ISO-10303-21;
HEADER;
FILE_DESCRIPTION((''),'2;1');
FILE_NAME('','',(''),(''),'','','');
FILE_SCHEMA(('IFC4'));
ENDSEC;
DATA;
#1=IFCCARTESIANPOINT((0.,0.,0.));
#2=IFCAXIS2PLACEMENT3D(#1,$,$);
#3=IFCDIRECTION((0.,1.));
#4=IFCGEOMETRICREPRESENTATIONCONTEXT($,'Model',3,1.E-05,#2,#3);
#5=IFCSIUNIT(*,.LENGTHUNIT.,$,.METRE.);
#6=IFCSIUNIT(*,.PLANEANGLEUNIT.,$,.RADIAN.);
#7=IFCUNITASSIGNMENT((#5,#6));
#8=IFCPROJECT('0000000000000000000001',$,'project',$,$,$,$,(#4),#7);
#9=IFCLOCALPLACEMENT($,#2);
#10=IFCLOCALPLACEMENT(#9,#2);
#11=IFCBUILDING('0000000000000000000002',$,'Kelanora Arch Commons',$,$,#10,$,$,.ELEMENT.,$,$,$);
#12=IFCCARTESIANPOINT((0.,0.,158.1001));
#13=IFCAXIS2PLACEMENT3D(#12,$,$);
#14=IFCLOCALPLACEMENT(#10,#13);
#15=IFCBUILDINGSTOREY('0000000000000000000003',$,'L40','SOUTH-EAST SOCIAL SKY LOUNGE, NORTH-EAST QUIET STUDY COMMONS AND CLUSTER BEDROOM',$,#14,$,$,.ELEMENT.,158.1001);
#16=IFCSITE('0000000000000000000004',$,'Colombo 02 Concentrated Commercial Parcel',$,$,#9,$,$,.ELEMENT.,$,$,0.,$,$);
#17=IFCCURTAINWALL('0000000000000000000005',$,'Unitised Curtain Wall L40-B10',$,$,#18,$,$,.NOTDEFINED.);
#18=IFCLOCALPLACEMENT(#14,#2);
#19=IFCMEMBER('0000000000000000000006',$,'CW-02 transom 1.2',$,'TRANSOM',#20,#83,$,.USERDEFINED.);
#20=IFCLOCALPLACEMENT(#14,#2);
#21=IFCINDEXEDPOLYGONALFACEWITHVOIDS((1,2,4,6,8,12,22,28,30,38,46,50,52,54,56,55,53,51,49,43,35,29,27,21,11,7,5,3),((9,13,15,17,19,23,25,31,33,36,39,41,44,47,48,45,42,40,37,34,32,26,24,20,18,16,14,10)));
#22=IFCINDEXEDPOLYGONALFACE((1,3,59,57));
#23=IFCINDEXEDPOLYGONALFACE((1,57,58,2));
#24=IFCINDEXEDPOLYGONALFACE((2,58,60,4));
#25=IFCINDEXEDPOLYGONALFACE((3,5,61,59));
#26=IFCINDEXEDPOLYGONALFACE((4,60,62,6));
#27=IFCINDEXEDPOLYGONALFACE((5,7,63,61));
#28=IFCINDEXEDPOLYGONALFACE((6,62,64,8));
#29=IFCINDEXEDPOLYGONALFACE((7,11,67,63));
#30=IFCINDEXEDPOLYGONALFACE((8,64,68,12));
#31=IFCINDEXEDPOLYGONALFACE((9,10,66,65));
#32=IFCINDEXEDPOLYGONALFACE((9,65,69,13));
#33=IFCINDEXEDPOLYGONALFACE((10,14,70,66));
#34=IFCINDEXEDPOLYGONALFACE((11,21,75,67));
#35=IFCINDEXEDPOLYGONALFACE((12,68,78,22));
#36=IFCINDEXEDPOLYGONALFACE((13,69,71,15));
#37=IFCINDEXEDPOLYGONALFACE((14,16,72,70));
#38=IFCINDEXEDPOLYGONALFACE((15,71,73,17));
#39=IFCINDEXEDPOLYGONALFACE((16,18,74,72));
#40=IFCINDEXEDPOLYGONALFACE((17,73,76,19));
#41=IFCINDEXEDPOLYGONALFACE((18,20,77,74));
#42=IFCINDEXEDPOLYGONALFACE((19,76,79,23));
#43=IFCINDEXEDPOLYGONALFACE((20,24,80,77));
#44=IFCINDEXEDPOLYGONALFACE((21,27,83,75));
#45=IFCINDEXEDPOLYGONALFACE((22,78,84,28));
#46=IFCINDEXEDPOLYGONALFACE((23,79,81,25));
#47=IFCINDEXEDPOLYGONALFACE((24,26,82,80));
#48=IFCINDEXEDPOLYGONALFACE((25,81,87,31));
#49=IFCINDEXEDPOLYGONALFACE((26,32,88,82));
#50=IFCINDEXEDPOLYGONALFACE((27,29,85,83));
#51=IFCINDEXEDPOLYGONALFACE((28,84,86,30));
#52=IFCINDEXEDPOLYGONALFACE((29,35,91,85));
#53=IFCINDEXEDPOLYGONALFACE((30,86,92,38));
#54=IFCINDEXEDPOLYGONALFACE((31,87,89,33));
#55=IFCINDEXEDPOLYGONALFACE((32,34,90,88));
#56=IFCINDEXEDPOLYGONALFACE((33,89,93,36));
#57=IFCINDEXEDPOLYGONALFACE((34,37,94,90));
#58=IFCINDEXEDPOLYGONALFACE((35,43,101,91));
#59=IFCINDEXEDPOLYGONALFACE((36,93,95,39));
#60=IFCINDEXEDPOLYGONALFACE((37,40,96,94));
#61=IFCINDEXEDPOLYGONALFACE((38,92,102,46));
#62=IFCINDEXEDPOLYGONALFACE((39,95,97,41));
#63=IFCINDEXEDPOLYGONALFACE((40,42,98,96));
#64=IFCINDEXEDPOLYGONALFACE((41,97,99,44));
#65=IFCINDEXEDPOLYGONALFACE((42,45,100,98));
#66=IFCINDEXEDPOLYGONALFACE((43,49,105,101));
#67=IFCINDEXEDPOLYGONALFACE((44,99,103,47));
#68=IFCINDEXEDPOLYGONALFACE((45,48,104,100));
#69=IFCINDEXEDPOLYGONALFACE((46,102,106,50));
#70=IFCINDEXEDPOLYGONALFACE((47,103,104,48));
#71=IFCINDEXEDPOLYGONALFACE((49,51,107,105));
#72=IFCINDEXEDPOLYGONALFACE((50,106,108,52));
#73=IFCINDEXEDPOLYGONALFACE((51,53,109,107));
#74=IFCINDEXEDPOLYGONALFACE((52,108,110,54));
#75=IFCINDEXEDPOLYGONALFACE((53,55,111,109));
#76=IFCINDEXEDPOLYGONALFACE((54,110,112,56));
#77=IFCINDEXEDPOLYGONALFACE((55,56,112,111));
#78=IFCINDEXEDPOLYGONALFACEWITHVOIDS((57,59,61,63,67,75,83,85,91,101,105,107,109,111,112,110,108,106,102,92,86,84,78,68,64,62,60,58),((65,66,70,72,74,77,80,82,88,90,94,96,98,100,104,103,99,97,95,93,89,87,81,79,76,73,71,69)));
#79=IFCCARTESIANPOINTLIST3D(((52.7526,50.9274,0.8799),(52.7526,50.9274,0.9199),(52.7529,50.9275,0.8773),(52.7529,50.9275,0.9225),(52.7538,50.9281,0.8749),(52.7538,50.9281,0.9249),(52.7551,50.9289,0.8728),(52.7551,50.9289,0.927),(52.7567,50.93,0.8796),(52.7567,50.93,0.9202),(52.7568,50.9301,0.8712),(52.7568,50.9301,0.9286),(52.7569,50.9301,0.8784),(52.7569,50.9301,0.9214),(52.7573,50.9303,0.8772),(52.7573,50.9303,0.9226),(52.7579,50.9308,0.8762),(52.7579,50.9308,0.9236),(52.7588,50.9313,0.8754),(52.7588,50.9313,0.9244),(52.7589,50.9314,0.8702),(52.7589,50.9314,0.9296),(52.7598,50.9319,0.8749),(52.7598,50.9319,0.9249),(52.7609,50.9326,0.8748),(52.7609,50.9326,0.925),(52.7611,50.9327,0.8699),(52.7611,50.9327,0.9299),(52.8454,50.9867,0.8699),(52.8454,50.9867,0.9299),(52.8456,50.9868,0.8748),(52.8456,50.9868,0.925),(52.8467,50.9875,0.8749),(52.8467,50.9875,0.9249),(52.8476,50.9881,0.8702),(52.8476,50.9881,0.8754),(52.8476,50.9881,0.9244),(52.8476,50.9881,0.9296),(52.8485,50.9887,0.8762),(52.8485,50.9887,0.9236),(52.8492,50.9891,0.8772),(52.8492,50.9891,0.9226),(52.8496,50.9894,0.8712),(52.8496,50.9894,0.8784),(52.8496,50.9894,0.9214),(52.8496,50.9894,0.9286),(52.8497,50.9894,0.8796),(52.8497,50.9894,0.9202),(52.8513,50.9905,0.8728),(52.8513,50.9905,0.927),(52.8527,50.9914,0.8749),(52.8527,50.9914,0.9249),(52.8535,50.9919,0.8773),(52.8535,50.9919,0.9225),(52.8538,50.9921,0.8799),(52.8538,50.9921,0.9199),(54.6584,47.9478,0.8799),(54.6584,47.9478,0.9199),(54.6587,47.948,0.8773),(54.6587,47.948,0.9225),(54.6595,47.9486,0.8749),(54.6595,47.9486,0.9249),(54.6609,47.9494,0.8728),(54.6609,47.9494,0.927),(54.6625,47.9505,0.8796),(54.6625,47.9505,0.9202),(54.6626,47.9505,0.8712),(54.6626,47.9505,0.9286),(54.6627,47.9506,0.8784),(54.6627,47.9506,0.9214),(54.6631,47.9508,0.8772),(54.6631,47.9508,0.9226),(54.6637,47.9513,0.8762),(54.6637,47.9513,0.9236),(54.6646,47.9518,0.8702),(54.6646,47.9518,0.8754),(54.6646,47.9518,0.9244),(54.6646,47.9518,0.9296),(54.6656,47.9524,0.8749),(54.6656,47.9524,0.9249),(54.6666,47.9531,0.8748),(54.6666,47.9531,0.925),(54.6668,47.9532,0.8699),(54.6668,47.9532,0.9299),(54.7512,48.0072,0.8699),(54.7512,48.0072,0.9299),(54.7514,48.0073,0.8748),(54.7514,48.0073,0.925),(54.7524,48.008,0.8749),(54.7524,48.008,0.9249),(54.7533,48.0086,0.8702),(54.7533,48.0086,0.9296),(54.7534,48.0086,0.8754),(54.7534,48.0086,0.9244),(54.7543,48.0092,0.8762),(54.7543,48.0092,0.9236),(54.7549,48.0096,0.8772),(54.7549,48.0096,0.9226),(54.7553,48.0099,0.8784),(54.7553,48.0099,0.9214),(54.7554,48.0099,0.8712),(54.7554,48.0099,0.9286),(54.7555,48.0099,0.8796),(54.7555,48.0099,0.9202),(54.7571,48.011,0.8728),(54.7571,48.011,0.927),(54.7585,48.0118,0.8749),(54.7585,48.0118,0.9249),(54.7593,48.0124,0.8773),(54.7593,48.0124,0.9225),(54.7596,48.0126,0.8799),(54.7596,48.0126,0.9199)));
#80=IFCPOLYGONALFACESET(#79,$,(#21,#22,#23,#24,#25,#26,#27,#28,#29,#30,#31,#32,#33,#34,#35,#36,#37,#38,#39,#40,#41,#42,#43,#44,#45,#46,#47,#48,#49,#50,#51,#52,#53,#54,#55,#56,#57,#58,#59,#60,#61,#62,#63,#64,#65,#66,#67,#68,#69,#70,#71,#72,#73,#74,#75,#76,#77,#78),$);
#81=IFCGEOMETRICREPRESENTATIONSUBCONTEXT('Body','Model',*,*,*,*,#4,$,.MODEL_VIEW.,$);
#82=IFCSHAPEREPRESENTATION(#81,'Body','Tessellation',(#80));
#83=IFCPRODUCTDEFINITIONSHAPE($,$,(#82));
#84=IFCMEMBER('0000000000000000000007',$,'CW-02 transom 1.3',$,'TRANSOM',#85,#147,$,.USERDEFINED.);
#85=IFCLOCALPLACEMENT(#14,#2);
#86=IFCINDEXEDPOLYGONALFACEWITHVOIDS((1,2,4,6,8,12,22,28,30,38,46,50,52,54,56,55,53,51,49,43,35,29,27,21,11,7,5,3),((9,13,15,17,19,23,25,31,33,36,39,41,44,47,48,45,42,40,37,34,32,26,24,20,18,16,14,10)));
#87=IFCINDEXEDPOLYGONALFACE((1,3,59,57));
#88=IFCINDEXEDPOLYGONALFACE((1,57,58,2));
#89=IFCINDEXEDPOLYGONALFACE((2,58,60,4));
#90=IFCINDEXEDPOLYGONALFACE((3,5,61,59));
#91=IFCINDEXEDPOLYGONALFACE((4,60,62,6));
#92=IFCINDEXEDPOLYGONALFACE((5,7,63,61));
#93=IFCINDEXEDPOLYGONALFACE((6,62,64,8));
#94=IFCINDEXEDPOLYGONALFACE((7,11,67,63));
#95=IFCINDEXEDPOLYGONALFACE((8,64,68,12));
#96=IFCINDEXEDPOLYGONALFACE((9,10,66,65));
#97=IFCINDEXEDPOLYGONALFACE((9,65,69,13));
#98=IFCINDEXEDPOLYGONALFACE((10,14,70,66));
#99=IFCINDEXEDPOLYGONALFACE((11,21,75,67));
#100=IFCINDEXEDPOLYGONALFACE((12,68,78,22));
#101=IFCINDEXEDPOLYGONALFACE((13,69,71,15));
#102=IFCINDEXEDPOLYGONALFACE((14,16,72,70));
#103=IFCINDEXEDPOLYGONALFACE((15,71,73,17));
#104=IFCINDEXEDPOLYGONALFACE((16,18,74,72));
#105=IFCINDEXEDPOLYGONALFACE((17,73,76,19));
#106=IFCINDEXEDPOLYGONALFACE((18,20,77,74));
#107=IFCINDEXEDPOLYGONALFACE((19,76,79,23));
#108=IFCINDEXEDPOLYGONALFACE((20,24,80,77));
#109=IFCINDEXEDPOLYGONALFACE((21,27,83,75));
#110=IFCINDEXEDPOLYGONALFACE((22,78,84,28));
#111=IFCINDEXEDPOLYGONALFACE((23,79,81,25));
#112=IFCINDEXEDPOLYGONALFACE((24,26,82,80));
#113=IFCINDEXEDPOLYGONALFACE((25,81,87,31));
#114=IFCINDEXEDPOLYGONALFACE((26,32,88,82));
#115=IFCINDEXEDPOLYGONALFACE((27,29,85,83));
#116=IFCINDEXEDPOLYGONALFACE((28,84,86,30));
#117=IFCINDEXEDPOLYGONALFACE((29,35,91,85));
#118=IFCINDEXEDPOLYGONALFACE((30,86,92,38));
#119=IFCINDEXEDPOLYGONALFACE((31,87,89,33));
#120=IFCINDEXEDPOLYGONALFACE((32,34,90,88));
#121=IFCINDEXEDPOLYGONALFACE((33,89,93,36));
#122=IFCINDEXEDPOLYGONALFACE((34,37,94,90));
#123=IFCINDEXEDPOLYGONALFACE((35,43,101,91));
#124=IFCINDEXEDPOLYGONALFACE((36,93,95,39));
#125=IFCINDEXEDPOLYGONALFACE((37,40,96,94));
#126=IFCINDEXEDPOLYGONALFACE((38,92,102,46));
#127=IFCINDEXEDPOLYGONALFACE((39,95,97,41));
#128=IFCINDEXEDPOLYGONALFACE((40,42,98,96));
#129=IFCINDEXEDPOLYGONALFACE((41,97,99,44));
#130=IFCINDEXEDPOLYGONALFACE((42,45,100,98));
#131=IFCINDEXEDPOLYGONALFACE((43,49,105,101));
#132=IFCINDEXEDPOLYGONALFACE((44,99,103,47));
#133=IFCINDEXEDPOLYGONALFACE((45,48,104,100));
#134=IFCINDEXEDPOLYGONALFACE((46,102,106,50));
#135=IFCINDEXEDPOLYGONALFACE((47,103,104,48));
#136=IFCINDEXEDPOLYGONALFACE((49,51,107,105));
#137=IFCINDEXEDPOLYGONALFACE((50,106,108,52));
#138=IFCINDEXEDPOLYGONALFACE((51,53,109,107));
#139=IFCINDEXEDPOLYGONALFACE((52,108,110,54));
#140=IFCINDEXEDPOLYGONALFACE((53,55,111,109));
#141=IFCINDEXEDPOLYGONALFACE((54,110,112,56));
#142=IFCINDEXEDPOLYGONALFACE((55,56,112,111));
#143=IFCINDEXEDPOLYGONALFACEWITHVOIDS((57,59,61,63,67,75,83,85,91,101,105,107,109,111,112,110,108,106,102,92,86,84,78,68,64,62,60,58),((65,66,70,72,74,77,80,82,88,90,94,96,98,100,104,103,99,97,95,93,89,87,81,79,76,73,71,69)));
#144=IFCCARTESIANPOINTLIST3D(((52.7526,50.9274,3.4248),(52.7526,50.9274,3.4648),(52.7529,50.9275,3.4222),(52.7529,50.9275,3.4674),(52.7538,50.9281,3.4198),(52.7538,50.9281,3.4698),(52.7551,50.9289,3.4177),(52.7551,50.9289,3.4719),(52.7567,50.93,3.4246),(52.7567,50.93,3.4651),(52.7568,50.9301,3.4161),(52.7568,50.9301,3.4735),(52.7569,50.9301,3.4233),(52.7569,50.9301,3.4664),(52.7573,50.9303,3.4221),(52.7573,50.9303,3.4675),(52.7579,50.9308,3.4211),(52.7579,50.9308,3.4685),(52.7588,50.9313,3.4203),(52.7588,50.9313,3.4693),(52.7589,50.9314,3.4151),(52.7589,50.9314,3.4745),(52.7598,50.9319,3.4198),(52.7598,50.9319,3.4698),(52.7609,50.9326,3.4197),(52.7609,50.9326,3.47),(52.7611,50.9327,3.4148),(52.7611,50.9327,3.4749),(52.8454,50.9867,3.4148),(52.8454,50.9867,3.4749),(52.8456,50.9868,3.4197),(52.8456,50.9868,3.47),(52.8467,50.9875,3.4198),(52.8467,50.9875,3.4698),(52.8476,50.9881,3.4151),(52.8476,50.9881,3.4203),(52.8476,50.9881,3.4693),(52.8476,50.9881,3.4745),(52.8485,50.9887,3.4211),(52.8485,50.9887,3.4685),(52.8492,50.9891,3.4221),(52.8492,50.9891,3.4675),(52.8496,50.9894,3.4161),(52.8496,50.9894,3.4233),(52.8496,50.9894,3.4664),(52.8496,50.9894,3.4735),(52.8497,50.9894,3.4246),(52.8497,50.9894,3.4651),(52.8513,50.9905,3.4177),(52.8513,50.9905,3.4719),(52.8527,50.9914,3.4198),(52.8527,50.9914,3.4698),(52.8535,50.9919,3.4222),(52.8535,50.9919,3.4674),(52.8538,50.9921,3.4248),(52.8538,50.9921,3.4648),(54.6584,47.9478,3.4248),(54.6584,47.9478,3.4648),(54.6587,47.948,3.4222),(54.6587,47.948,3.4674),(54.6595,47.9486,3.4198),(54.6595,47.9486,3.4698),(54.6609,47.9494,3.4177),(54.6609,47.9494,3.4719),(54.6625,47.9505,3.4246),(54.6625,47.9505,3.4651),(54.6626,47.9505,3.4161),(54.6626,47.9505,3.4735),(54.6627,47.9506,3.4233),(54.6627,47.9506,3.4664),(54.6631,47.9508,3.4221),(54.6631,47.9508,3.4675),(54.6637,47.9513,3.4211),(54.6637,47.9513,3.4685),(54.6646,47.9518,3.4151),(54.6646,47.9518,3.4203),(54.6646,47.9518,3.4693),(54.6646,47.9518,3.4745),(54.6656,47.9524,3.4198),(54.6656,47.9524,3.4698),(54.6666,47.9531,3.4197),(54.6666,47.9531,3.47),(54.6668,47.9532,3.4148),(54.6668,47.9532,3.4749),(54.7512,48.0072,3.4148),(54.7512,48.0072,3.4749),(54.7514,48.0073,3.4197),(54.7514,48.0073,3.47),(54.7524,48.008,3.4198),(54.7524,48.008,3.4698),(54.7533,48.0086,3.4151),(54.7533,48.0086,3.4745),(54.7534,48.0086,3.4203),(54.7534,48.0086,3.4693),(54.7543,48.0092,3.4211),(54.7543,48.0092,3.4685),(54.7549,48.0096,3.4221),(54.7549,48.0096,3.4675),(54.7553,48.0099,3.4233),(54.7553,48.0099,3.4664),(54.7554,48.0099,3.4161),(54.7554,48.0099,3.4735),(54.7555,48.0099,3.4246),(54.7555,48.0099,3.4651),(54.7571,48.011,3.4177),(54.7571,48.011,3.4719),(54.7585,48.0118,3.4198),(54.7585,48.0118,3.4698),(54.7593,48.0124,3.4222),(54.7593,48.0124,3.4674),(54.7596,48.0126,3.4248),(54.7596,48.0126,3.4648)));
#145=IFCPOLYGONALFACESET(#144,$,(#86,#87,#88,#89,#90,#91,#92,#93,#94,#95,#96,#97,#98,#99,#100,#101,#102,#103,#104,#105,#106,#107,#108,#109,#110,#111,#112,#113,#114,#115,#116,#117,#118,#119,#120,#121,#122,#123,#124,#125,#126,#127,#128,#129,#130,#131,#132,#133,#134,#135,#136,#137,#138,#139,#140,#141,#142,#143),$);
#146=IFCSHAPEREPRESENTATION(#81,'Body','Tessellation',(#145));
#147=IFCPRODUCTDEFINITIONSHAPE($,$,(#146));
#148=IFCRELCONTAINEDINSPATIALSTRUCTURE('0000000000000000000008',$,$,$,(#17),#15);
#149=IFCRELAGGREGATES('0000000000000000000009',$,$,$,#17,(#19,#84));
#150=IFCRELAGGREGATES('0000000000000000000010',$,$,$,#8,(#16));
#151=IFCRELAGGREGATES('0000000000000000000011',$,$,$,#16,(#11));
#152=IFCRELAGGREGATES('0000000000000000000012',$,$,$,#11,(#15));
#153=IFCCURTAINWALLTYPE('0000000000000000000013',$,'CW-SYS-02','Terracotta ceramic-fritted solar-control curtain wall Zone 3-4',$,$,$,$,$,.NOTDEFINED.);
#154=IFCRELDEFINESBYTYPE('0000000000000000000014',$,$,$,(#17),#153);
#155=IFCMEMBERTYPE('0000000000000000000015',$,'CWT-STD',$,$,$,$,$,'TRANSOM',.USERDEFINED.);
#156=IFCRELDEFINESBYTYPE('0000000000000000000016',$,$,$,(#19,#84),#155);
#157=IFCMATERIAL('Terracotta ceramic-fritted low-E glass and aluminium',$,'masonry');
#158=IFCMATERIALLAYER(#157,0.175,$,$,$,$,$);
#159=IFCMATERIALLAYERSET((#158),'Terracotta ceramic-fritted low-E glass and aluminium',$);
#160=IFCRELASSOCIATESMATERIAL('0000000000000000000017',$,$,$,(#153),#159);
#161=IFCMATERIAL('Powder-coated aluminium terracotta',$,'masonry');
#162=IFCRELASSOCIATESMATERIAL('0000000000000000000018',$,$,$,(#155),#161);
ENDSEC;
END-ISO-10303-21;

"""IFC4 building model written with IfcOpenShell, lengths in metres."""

from ifc_helpers import new_model, si_unit, direction, frame, origin, origin_2d, place, context, subcontext, project, spatial, hollow_rectangle, extrude, material, layer, layer_set, material_profile, profile_set, type_object, element, aggregate, save


model = new_model("IFC4")

# Units and contexts
model_context = context("Model", 3, precision=1e-05, world=origin(), true_north=direction((0.0, 1.0)))
body_context = subcontext(model_context, "Body", "Model", "MODEL_VIEW")
ifc_project = project(units=[si_unit("LENGTHUNIT", "METRE"), si_unit("PLANEANGLEUNIT", "RADIAN")], contexts=[model_context])

# Site, building, storey
site_placement = place(None, origin())
site = spatial("IfcSite", under=ifc_project, at=site_placement, Name="Colombo 02 Concentrated Commercial Parcel", CompositionType="ELEMENT", RefElevation=0.0)
building_placement = place(site_placement, origin())
building = spatial("IfcBuilding", under=site, at=building_placement, Name="Kelanora Arch Commons", CompositionType="ELEMENT")
storey_placement = place(building_placement, frame((0.0, 0.0, 158.1001)))
storey = spatial("IfcBuildingStorey", under=building, at=storey_placement, Name="L40", Description="SOUTH-EAST SOCIAL SKY LOUNGE, NORTH-EAST QUIET STUDY COMMONS AND CLUSTER BEDROOM", CompositionType="ELEMENT", Elevation=158.1001)

# Shared definitions
ifc_material_1 = material(Name="Terracotta ceramic-fritted low-E glass and aluminium", Category="masonry")
ifc_layer_1 = layer(ifc_material_1, 0.175)
ifc_layer_set_1 = layer_set([ifc_layer_1], Name="Terracotta ceramic-fritted low-E glass and aluminium")
curtain_wall_type = type_object("IfcCurtainWallType", Name="CW-SYS-02", Description="Terracotta ceramic-fritted solar-control curtain wall Zone 3-4", PredefinedType="NOTDEFINED", material=ifc_layer_set_1)
ifc_material_2 = material(Name="Powder-coated aluminium terracotta", Category="masonry")

# Curtain wall, members
curtain_wall_1_placement = place(storey_placement, origin())
curtain_wall_1 = element("IfcCurtainWall", 1, at=curtain_wall_1_placement, inside=storey, type_object=curtain_wall_type, Name="Unitised Curtain Wall L40-B10", PredefinedType="NOTDEFINED")
ifc_material_profile_1 = material_profile(ifc_material_2, hollow_rectangle(XDim=0.1201, YDim=0.0601, WallThickness=0.0049, InnerFilletRadius=0.0049, OuterFilletRadius=0.01, at=origin_2d()), Name="CWT120x60")
ifc_profile_set_1 = profile_set([ifc_material_profile_1], Name="Powder-coated aluminium terracotta")
member_type_1 = type_object("IfcMemberType", Name="CWT-STD", ElementType="TRANSOM", PredefinedType="USERDEFINED", material=ifc_profile_set_1)
member_1_placement = place(storey_placement, frame((52.8032, 50.9597, 0.8999), z_axis=(0.53883, -0.842414, 0.0), x_axis=(0.842414, 0.53883, 0.0)))
member_1 = element("IfcMember", 2, at=member_1_placement, type_object=member_type_1, Name="CW-02 transom 1.2", ObjectType="TRANSOM", PredefinedType="USERDEFINED", context=body_context, shape_type="SweptSolid", body=[
    extrude(hollow_rectangle(XDim=0.1201, YDim=0.0601, WallThickness=0.0049, InnerFilletRadius=0.0049, OuterFilletRadius=0.01, at=origin_2d()), origin(), (0.0, 0.0, 1.0), 3.5369),
])
member_2_placement = place(storey_placement, frame((52.8032, 50.9597, 3.4448), z_axis=(0.53883, -0.842414, 0.0), x_axis=(0.842414, 0.53883, 0.0)))
member_2 = element("IfcMember", 3, at=member_2_placement, type_object=member_type_1, Name="CW-02 transom 1.3", ObjectType="TRANSOM", PredefinedType="USERDEFINED", context=body_context, shape_type="SweptSolid", body=[
    extrude(hollow_rectangle(XDim=0.1201, YDim=0.0601, WallThickness=0.0049, InnerFilletRadius=0.0049, OuterFilletRadius=0.01, at=origin_2d()), origin(), (0.0, 0.0, 1.0), 3.5369),
])

aggregate(curtain_wall_1, [member_1, member_2])

save(model, "model.ifc")
